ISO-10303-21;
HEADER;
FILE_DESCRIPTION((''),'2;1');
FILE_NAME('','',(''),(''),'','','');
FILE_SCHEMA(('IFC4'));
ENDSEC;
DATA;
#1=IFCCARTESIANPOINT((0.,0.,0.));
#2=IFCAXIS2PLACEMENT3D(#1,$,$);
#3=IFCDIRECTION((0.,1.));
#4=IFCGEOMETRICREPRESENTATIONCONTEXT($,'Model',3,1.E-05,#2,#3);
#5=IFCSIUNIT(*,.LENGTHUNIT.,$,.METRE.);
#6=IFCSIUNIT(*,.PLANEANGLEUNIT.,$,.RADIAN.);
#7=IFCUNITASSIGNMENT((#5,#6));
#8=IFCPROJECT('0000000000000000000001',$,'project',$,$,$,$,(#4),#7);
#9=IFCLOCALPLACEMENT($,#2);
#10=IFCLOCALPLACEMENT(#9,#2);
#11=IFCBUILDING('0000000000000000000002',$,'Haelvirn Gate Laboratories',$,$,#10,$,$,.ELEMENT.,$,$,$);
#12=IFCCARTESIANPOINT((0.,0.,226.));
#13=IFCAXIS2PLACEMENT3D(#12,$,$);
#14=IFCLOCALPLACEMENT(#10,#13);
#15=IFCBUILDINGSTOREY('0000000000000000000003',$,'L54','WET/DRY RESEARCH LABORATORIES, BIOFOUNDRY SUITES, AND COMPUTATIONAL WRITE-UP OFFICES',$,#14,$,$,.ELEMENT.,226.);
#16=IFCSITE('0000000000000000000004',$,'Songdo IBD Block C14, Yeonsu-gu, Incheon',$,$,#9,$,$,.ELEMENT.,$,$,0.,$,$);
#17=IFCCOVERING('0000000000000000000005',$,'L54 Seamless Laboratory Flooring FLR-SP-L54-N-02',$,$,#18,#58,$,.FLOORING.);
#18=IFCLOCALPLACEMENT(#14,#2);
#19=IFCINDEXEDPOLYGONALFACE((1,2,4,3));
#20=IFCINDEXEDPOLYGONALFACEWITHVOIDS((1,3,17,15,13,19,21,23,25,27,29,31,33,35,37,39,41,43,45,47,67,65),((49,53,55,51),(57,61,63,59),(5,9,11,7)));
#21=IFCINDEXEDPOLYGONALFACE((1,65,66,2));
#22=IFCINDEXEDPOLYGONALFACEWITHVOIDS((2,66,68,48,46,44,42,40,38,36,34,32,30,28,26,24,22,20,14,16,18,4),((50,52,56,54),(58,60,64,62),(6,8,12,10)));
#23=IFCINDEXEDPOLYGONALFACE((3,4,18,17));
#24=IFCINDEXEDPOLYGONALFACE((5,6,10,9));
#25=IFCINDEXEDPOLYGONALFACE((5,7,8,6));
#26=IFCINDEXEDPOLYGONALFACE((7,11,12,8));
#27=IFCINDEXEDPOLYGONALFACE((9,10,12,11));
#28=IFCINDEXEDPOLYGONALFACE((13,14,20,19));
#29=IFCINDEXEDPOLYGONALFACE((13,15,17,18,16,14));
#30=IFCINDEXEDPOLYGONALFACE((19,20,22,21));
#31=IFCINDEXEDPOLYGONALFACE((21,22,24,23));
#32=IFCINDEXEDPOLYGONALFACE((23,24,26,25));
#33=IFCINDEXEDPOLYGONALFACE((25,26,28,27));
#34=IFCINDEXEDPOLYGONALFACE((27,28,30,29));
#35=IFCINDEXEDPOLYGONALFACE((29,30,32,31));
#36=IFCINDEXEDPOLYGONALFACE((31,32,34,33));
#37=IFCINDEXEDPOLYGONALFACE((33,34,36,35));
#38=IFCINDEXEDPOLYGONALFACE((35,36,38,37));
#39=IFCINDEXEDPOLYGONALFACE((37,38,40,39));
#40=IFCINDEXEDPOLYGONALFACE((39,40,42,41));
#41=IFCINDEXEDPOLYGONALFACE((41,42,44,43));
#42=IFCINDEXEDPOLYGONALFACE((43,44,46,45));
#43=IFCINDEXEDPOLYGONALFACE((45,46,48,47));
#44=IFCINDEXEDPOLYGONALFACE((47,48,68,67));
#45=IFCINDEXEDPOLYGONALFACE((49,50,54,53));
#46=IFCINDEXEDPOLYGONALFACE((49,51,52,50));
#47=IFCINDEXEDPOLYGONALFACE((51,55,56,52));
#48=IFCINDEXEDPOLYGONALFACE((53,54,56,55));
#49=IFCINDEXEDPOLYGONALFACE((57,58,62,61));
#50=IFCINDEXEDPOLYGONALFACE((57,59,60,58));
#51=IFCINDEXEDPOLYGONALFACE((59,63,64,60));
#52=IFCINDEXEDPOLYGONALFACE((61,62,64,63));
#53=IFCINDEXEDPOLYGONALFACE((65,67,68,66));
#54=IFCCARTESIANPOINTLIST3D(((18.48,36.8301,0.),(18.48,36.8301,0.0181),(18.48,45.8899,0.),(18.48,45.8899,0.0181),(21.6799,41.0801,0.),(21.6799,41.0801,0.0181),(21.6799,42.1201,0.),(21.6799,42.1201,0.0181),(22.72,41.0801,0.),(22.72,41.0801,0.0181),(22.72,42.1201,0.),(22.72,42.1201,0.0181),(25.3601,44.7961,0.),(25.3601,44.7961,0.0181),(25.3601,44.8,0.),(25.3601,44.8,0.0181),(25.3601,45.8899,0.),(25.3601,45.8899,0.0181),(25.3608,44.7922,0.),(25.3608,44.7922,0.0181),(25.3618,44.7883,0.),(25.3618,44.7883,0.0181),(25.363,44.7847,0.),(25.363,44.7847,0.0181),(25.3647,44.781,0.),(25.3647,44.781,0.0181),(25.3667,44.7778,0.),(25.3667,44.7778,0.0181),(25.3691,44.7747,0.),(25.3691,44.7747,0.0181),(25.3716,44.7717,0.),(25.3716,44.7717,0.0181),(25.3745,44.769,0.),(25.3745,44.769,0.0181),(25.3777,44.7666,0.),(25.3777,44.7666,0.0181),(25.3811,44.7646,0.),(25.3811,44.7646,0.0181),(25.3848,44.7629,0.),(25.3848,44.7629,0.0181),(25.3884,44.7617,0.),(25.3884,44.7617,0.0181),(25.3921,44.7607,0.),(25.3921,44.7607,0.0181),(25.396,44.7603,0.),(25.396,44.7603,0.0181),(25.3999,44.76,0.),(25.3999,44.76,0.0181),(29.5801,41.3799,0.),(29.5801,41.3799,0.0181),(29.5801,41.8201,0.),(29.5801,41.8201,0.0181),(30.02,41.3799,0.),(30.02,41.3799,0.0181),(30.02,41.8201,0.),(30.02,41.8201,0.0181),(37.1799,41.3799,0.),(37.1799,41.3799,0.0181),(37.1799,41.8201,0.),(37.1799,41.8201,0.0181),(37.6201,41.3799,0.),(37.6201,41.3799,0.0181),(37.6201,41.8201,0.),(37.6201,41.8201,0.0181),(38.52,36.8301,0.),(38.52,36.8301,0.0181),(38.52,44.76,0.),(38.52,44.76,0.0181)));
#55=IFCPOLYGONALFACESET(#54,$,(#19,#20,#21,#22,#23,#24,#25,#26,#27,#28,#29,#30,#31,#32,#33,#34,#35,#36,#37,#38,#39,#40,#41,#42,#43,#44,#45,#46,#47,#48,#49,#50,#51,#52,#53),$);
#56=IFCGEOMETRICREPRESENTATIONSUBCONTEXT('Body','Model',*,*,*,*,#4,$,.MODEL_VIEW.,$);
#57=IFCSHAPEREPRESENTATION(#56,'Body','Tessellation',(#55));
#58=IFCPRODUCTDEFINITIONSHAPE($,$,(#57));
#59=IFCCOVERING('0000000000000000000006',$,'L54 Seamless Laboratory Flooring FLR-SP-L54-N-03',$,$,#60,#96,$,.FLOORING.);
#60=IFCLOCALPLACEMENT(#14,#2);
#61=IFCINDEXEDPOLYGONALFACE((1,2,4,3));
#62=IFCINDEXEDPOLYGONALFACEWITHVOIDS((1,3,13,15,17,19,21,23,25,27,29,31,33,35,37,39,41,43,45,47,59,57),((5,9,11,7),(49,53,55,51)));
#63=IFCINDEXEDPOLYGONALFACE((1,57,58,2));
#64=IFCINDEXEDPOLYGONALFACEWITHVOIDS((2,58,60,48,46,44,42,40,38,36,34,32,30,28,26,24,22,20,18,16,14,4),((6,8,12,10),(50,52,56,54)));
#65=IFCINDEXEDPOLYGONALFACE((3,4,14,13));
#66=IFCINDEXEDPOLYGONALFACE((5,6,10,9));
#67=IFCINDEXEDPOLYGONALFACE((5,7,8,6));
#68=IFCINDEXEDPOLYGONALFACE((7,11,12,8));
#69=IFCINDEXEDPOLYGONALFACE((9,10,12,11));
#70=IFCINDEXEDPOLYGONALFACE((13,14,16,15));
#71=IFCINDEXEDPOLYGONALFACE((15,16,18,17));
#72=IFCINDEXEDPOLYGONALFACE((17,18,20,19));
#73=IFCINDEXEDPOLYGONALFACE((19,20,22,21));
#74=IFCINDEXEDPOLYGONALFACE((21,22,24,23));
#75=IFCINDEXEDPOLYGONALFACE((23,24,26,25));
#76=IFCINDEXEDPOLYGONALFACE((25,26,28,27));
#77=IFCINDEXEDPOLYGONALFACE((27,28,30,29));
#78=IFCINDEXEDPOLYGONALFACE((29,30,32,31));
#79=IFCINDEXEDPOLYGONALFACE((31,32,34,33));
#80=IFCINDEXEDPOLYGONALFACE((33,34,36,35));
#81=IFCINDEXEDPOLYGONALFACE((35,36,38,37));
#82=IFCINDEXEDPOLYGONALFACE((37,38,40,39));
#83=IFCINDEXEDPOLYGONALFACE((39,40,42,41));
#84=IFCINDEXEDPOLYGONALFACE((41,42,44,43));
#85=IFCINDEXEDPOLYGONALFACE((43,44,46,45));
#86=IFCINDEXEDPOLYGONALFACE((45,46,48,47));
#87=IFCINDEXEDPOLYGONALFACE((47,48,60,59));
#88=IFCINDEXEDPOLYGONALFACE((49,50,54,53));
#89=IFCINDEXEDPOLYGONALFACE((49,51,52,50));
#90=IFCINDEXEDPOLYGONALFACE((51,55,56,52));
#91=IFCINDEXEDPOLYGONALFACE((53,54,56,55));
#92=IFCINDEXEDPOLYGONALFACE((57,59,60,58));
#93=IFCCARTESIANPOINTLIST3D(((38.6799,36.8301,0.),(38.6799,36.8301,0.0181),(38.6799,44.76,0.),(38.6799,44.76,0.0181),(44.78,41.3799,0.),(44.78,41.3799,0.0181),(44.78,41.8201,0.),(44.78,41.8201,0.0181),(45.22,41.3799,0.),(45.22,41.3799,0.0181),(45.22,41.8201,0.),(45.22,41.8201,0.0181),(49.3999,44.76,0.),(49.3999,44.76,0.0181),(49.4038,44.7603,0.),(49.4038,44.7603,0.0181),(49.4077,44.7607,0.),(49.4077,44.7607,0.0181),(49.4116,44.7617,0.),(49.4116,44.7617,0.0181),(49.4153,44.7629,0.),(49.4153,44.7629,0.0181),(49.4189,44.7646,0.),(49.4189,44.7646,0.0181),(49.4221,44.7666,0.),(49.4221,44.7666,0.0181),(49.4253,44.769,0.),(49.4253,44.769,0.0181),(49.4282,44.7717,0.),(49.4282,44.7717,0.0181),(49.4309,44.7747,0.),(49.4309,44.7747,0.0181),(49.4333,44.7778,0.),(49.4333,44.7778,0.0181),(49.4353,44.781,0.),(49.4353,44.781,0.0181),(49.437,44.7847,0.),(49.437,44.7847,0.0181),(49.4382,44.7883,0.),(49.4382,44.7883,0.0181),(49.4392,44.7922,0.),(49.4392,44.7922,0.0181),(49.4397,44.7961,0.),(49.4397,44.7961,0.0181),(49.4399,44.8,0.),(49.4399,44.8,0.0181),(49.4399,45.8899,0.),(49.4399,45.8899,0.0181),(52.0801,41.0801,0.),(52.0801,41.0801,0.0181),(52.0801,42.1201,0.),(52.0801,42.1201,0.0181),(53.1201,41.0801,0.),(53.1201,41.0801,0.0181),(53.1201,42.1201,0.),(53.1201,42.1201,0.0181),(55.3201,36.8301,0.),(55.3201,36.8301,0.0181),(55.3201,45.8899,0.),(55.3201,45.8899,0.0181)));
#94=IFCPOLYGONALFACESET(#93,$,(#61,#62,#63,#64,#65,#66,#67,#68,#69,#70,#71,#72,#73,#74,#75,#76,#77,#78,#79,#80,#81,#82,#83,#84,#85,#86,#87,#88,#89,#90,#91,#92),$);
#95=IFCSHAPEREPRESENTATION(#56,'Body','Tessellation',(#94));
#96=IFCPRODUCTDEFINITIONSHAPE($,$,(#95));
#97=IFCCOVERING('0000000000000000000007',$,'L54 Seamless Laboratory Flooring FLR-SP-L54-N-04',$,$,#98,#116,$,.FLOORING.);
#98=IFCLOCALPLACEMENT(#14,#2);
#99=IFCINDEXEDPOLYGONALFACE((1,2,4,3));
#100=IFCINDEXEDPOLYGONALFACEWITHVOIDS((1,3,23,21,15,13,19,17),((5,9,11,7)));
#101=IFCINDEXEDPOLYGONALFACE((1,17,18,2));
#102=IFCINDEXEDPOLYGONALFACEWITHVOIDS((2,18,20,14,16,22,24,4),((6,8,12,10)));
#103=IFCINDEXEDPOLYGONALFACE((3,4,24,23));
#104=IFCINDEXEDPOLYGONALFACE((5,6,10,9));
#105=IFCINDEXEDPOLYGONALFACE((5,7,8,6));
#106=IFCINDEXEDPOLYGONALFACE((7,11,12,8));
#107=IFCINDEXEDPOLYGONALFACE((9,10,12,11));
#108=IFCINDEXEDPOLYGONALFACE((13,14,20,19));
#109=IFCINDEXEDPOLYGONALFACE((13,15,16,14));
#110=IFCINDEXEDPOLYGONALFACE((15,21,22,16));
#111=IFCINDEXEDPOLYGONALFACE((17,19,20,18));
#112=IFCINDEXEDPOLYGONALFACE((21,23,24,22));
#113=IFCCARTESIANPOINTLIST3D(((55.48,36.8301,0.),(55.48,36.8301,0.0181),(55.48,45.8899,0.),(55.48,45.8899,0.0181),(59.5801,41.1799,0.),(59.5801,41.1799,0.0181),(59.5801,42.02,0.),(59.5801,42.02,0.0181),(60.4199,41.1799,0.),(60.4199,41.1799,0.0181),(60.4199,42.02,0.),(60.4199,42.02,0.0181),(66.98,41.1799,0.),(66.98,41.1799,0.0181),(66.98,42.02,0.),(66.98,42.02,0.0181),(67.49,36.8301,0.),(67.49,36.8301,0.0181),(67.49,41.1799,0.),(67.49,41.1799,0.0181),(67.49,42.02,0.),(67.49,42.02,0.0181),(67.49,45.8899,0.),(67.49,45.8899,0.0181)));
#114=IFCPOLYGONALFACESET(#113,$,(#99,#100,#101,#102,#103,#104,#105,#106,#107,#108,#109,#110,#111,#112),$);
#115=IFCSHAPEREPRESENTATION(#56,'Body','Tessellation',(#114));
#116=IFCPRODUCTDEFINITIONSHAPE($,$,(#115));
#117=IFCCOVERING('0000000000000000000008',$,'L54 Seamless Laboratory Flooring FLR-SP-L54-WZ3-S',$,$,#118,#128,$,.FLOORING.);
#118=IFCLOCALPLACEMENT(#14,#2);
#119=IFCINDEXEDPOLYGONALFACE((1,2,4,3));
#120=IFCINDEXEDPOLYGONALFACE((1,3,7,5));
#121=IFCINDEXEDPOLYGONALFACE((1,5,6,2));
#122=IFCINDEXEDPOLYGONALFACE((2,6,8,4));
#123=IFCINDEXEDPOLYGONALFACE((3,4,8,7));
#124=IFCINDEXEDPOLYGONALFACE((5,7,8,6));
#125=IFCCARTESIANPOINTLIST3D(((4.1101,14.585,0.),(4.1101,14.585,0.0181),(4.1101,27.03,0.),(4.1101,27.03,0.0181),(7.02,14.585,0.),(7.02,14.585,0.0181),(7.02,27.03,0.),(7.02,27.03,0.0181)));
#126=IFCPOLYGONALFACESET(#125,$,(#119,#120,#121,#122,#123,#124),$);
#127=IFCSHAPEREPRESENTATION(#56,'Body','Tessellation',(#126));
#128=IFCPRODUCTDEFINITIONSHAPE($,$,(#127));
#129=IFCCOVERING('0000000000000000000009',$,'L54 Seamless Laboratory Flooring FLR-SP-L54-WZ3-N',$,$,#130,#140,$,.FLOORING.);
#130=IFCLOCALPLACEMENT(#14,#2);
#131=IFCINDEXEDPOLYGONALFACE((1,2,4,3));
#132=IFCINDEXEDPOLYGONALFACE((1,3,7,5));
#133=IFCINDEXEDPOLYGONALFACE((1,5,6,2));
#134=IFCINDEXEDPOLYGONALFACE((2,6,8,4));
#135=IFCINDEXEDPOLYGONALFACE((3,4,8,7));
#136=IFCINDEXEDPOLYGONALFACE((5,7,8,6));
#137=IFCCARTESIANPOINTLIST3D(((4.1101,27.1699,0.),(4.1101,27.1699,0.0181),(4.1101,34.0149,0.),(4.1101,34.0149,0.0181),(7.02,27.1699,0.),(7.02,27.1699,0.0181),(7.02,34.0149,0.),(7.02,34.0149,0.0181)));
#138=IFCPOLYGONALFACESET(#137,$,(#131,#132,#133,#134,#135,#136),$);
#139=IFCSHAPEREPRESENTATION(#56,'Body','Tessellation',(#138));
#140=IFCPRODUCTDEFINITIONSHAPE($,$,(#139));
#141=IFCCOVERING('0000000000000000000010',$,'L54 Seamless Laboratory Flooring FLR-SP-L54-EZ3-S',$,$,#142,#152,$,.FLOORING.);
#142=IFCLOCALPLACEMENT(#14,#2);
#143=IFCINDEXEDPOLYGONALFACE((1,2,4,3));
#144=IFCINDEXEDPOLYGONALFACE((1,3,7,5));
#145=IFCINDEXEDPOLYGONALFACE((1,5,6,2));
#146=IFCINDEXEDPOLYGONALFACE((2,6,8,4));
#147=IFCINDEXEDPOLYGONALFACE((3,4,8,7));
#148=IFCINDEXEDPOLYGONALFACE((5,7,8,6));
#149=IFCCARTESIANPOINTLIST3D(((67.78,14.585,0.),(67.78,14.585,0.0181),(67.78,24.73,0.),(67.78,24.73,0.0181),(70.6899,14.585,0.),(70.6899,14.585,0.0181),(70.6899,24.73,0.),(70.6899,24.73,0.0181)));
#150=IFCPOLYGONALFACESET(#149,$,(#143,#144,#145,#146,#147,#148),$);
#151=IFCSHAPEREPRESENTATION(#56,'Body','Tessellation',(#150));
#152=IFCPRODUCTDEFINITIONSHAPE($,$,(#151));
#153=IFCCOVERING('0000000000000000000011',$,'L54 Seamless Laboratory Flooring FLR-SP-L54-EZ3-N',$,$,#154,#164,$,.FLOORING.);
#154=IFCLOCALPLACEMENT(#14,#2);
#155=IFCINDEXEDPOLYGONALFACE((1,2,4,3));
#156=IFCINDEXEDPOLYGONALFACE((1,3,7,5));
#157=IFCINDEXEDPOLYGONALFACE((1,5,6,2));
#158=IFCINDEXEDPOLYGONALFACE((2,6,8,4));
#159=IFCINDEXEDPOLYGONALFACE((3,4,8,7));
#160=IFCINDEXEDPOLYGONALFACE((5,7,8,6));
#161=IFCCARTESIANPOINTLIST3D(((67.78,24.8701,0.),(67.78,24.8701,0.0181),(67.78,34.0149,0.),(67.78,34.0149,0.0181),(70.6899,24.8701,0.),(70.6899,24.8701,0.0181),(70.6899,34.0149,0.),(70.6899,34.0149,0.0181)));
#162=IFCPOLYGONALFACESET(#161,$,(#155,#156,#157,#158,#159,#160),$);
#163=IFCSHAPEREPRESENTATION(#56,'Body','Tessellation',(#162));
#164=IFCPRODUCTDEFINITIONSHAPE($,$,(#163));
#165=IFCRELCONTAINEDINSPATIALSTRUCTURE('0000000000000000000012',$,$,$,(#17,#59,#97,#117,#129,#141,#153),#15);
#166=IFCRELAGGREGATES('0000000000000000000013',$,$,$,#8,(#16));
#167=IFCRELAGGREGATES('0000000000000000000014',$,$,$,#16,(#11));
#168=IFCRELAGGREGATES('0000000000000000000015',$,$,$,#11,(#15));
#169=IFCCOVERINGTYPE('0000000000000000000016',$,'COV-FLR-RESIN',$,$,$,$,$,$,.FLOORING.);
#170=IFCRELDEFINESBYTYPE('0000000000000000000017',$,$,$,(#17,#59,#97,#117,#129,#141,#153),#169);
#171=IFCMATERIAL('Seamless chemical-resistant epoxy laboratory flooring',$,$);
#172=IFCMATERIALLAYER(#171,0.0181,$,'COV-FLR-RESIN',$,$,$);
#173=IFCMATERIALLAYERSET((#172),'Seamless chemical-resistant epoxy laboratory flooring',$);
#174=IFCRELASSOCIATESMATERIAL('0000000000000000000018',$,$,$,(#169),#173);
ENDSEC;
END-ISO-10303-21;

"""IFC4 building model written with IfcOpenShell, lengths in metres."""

from ifc_helpers import new_model, si_unit, direction, frame, origin, place, context, subcontext, project, spatial, polyline, outline, extrude, material, layer, layer_set, type_object, element, save


model = new_model("IFC4")

# Units and contexts
model_context = context("Model", 3, precision=1e-05, world=origin(), true_north=direction((0.0, 1.0)))
body_context = subcontext(model_context, "Body", "Model", "MODEL_VIEW")
ifc_project = project(units=[si_unit("LENGTHUNIT", "METRE"), si_unit("PLANEANGLEUNIT", "RADIAN")], contexts=[model_context])

# Site, building, storey
site_placement = place(None, origin())
site = spatial("IfcSite", under=ifc_project, at=site_placement, Name="Songdo IBD Block C14, Yeonsu-gu, Incheon", CompositionType="ELEMENT", RefElevation=0.0)
building_placement = place(site_placement, origin())
building = spatial("IfcBuilding", under=site, at=building_placement, Name="Haelvirn Gate Laboratories", CompositionType="ELEMENT")
storey_placement = place(building_placement, frame((0.0, 0.0, 226.0)))
storey = spatial("IfcBuildingStorey", under=building, at=storey_placement, Name="L54", Description="WET/DRY RESEARCH LABORATORIES, BIOFOUNDRY SUITES, AND COMPUTATIONAL WRITE-UP OFFICES", CompositionType="ELEMENT", Elevation=226.0)

# Coverings
ifc_material_1 = material(Name="Seamless chemical-resistant epoxy laboratory flooring")
ifc_layer_1 = layer(ifc_material_1, 0.0181, Name="COV-FLR-RESIN")
ifc_layer_set_1 = layer_set([ifc_layer_1], Name="Seamless chemical-resistant epoxy laboratory flooring")
covering_type = type_object("IfcCoveringType", Name="COV-FLR-RESIN", PredefinedType="FLOORING", material=ifc_layer_set_1)
covering_1_placement = place(storey_placement, origin())
element("IfcCovering", 1, at=covering_1_placement, inside=storey, type_object=covering_type, Name="L54 Seamless Laboratory Flooring FLR-SP-L54-N-02", PredefinedType="FLOORING", context=body_context, shape_type="SweptSolid", body=[
    extrude(outline(polyline([(25.3601, 44.8), (25.3601, 44.7961), (25.3608, 44.7922), (25.3618, 44.7883), (25.363, 44.7847), (25.3647, 44.781), (25.3667, 44.7778), (25.3691, 44.7747), (25.3716, 44.7717), (25.3745, 44.769), (25.3777, 44.7666), (25.3811, 44.7646), (25.3848, 44.7629), (25.3884, 44.7617), (25.3921, 44.7607), (25.396, 44.7603), (25.3999, 44.76), (38.52, 44.76), (38.52, 36.8301), (18.48, 36.8301), (18.48, 45.8899), (25.3601, 45.8899), (25.3601, 44.8)]), holes=[polyline([(22.72, 41.0801), (22.72, 42.1201), (21.6799, 42.1201), (21.6799, 41.0801), (22.72, 41.0801)]), polyline([(29.5801, 41.3799), (30.02, 41.3799), (30.02, 41.8201), (29.5801, 41.8201), (29.5801, 41.3799)]), polyline([(37.1799, 41.8201), (37.1799, 41.3799), (37.6201, 41.3799), (37.6201, 41.8201), (37.1799, 41.8201)])]), origin(), (0.0, 0.0, 1.0), 0.0181),
])
covering_2_placement = place(storey_placement, origin())
element("IfcCovering", 2, at=covering_2_placement, inside=storey, type_object=covering_type, Name="L54 Seamless Laboratory Flooring FLR-SP-L54-N-03", PredefinedType="FLOORING", context=body_context, shape_type="SweptSolid", body=[
    extrude(outline(polyline([(38.6799, 44.76), (49.3999, 44.76), (49.4038, 44.7603), (49.4077, 44.7607), (49.4116, 44.7617), (49.4153, 44.7629), (49.4189, 44.7646), (49.4221, 44.7666), (49.4253, 44.769), (49.4282, 44.7717), (49.4309, 44.7747), (49.4333, 44.7778), (49.4353, 44.781), (49.437, 44.7847), (49.4382, 44.7883), (49.4392, 44.7922), (49.4397, 44.7961), (49.4399, 44.8), (49.4399, 45.8899), (55.3201, 45.8899), (55.3201, 36.8301), (38.6799, 36.8301), (38.6799, 44.76)]), holes=[polyline([(52.0801, 41.0801), (53.1201, 41.0801), (53.1201, 42.1201), (52.0801, 42.1201), (52.0801, 41.0801)]), polyline([(44.78, 41.8201), (44.78, 41.3799), (45.22, 41.3799), (45.22, 41.8201), (44.78, 41.8201)])]), origin(), (0.0, 0.0, 1.0), 0.0181),
])
covering_3_placement = place(storey_placement, origin())
element("IfcCovering", 3, at=covering_3_placement, inside=storey, type_object=covering_type, Name="L54 Seamless Laboratory Flooring FLR-SP-L54-N-04", PredefinedType="FLOORING", context=body_context, shape_type="SweptSolid", body=[
    extrude(outline(polyline([(67.49, 42.02), (66.98, 42.02), (66.98, 41.1799), (67.49, 41.1799), (67.49, 36.8301), (55.48, 36.8301), (55.48, 45.8899), (67.49, 45.8899), (67.49, 42.02)]), holes=[polyline([(59.5801, 41.1799), (60.4199, 41.1799), (60.4199, 42.02), (59.5801, 42.02), (59.5801, 41.1799)])]), origin(), (0.0, 0.0, 1.0), 0.0181),
])
covering_4_placement = place(storey_placement, origin())
element("IfcCovering", 4, at=covering_4_placement, inside=storey, type_object=covering_type, Name="L54 Seamless Laboratory Flooring FLR-SP-L54-WZ3-S", PredefinedType="FLOORING", context=body_context, shape_type="SweptSolid", body=[
    extrude(outline(polyline([(4.1101, 27.03), (7.02, 27.03), (7.02, 14.585), (4.1101, 14.585), (4.1101, 27.03)])), origin(), (0.0, 0.0, 1.0), 0.0181),
])
covering_5_placement = place(storey_placement, origin())
element("IfcCovering", 5, at=covering_5_placement, inside=storey, type_object=covering_type, Name="L54 Seamless Laboratory Flooring FLR-SP-L54-WZ3-N", PredefinedType="FLOORING", context=body_context, shape_type="SweptSolid", body=[
    extrude(outline(polyline([(4.1101, 34.0149), (7.02, 34.0149), (7.02, 27.1699), (4.1101, 27.1699), (4.1101, 34.0149)])), origin(), (0.0, 0.0, 1.0), 0.0181),
])
covering_6_placement = place(storey_placement, origin())
element("IfcCovering", 6, at=covering_6_placement, inside=storey, type_object=covering_type, Name="L54 Seamless Laboratory Flooring FLR-SP-L54-EZ3-S", PredefinedType="FLOORING", context=body_context, shape_type="SweptSolid", body=[
    extrude(outline(polyline([(67.78, 24.73), (70.6899, 24.73), (70.6899, 14.585), (67.78, 14.585), (67.78, 24.73)])), origin(), (0.0, 0.0, 1.0), 0.0181),
])
covering_7_placement = place(storey_placement, origin())
element("IfcCovering", 7, at=covering_7_placement, inside=storey, type_object=covering_type, Name="L54 Seamless Laboratory Flooring FLR-SP-L54-EZ3-N", PredefinedType="FLOORING", context=body_context, shape_type="SweptSolid", body=[
    extrude(outline(polyline([(67.78, 34.0149), (70.6899, 34.0149), (70.6899, 24.8701), (67.78, 24.8701), (67.78, 34.0149)])), origin(), (0.0, 0.0, 1.0), 0.0181),
])

save(model, "model.ifc")
